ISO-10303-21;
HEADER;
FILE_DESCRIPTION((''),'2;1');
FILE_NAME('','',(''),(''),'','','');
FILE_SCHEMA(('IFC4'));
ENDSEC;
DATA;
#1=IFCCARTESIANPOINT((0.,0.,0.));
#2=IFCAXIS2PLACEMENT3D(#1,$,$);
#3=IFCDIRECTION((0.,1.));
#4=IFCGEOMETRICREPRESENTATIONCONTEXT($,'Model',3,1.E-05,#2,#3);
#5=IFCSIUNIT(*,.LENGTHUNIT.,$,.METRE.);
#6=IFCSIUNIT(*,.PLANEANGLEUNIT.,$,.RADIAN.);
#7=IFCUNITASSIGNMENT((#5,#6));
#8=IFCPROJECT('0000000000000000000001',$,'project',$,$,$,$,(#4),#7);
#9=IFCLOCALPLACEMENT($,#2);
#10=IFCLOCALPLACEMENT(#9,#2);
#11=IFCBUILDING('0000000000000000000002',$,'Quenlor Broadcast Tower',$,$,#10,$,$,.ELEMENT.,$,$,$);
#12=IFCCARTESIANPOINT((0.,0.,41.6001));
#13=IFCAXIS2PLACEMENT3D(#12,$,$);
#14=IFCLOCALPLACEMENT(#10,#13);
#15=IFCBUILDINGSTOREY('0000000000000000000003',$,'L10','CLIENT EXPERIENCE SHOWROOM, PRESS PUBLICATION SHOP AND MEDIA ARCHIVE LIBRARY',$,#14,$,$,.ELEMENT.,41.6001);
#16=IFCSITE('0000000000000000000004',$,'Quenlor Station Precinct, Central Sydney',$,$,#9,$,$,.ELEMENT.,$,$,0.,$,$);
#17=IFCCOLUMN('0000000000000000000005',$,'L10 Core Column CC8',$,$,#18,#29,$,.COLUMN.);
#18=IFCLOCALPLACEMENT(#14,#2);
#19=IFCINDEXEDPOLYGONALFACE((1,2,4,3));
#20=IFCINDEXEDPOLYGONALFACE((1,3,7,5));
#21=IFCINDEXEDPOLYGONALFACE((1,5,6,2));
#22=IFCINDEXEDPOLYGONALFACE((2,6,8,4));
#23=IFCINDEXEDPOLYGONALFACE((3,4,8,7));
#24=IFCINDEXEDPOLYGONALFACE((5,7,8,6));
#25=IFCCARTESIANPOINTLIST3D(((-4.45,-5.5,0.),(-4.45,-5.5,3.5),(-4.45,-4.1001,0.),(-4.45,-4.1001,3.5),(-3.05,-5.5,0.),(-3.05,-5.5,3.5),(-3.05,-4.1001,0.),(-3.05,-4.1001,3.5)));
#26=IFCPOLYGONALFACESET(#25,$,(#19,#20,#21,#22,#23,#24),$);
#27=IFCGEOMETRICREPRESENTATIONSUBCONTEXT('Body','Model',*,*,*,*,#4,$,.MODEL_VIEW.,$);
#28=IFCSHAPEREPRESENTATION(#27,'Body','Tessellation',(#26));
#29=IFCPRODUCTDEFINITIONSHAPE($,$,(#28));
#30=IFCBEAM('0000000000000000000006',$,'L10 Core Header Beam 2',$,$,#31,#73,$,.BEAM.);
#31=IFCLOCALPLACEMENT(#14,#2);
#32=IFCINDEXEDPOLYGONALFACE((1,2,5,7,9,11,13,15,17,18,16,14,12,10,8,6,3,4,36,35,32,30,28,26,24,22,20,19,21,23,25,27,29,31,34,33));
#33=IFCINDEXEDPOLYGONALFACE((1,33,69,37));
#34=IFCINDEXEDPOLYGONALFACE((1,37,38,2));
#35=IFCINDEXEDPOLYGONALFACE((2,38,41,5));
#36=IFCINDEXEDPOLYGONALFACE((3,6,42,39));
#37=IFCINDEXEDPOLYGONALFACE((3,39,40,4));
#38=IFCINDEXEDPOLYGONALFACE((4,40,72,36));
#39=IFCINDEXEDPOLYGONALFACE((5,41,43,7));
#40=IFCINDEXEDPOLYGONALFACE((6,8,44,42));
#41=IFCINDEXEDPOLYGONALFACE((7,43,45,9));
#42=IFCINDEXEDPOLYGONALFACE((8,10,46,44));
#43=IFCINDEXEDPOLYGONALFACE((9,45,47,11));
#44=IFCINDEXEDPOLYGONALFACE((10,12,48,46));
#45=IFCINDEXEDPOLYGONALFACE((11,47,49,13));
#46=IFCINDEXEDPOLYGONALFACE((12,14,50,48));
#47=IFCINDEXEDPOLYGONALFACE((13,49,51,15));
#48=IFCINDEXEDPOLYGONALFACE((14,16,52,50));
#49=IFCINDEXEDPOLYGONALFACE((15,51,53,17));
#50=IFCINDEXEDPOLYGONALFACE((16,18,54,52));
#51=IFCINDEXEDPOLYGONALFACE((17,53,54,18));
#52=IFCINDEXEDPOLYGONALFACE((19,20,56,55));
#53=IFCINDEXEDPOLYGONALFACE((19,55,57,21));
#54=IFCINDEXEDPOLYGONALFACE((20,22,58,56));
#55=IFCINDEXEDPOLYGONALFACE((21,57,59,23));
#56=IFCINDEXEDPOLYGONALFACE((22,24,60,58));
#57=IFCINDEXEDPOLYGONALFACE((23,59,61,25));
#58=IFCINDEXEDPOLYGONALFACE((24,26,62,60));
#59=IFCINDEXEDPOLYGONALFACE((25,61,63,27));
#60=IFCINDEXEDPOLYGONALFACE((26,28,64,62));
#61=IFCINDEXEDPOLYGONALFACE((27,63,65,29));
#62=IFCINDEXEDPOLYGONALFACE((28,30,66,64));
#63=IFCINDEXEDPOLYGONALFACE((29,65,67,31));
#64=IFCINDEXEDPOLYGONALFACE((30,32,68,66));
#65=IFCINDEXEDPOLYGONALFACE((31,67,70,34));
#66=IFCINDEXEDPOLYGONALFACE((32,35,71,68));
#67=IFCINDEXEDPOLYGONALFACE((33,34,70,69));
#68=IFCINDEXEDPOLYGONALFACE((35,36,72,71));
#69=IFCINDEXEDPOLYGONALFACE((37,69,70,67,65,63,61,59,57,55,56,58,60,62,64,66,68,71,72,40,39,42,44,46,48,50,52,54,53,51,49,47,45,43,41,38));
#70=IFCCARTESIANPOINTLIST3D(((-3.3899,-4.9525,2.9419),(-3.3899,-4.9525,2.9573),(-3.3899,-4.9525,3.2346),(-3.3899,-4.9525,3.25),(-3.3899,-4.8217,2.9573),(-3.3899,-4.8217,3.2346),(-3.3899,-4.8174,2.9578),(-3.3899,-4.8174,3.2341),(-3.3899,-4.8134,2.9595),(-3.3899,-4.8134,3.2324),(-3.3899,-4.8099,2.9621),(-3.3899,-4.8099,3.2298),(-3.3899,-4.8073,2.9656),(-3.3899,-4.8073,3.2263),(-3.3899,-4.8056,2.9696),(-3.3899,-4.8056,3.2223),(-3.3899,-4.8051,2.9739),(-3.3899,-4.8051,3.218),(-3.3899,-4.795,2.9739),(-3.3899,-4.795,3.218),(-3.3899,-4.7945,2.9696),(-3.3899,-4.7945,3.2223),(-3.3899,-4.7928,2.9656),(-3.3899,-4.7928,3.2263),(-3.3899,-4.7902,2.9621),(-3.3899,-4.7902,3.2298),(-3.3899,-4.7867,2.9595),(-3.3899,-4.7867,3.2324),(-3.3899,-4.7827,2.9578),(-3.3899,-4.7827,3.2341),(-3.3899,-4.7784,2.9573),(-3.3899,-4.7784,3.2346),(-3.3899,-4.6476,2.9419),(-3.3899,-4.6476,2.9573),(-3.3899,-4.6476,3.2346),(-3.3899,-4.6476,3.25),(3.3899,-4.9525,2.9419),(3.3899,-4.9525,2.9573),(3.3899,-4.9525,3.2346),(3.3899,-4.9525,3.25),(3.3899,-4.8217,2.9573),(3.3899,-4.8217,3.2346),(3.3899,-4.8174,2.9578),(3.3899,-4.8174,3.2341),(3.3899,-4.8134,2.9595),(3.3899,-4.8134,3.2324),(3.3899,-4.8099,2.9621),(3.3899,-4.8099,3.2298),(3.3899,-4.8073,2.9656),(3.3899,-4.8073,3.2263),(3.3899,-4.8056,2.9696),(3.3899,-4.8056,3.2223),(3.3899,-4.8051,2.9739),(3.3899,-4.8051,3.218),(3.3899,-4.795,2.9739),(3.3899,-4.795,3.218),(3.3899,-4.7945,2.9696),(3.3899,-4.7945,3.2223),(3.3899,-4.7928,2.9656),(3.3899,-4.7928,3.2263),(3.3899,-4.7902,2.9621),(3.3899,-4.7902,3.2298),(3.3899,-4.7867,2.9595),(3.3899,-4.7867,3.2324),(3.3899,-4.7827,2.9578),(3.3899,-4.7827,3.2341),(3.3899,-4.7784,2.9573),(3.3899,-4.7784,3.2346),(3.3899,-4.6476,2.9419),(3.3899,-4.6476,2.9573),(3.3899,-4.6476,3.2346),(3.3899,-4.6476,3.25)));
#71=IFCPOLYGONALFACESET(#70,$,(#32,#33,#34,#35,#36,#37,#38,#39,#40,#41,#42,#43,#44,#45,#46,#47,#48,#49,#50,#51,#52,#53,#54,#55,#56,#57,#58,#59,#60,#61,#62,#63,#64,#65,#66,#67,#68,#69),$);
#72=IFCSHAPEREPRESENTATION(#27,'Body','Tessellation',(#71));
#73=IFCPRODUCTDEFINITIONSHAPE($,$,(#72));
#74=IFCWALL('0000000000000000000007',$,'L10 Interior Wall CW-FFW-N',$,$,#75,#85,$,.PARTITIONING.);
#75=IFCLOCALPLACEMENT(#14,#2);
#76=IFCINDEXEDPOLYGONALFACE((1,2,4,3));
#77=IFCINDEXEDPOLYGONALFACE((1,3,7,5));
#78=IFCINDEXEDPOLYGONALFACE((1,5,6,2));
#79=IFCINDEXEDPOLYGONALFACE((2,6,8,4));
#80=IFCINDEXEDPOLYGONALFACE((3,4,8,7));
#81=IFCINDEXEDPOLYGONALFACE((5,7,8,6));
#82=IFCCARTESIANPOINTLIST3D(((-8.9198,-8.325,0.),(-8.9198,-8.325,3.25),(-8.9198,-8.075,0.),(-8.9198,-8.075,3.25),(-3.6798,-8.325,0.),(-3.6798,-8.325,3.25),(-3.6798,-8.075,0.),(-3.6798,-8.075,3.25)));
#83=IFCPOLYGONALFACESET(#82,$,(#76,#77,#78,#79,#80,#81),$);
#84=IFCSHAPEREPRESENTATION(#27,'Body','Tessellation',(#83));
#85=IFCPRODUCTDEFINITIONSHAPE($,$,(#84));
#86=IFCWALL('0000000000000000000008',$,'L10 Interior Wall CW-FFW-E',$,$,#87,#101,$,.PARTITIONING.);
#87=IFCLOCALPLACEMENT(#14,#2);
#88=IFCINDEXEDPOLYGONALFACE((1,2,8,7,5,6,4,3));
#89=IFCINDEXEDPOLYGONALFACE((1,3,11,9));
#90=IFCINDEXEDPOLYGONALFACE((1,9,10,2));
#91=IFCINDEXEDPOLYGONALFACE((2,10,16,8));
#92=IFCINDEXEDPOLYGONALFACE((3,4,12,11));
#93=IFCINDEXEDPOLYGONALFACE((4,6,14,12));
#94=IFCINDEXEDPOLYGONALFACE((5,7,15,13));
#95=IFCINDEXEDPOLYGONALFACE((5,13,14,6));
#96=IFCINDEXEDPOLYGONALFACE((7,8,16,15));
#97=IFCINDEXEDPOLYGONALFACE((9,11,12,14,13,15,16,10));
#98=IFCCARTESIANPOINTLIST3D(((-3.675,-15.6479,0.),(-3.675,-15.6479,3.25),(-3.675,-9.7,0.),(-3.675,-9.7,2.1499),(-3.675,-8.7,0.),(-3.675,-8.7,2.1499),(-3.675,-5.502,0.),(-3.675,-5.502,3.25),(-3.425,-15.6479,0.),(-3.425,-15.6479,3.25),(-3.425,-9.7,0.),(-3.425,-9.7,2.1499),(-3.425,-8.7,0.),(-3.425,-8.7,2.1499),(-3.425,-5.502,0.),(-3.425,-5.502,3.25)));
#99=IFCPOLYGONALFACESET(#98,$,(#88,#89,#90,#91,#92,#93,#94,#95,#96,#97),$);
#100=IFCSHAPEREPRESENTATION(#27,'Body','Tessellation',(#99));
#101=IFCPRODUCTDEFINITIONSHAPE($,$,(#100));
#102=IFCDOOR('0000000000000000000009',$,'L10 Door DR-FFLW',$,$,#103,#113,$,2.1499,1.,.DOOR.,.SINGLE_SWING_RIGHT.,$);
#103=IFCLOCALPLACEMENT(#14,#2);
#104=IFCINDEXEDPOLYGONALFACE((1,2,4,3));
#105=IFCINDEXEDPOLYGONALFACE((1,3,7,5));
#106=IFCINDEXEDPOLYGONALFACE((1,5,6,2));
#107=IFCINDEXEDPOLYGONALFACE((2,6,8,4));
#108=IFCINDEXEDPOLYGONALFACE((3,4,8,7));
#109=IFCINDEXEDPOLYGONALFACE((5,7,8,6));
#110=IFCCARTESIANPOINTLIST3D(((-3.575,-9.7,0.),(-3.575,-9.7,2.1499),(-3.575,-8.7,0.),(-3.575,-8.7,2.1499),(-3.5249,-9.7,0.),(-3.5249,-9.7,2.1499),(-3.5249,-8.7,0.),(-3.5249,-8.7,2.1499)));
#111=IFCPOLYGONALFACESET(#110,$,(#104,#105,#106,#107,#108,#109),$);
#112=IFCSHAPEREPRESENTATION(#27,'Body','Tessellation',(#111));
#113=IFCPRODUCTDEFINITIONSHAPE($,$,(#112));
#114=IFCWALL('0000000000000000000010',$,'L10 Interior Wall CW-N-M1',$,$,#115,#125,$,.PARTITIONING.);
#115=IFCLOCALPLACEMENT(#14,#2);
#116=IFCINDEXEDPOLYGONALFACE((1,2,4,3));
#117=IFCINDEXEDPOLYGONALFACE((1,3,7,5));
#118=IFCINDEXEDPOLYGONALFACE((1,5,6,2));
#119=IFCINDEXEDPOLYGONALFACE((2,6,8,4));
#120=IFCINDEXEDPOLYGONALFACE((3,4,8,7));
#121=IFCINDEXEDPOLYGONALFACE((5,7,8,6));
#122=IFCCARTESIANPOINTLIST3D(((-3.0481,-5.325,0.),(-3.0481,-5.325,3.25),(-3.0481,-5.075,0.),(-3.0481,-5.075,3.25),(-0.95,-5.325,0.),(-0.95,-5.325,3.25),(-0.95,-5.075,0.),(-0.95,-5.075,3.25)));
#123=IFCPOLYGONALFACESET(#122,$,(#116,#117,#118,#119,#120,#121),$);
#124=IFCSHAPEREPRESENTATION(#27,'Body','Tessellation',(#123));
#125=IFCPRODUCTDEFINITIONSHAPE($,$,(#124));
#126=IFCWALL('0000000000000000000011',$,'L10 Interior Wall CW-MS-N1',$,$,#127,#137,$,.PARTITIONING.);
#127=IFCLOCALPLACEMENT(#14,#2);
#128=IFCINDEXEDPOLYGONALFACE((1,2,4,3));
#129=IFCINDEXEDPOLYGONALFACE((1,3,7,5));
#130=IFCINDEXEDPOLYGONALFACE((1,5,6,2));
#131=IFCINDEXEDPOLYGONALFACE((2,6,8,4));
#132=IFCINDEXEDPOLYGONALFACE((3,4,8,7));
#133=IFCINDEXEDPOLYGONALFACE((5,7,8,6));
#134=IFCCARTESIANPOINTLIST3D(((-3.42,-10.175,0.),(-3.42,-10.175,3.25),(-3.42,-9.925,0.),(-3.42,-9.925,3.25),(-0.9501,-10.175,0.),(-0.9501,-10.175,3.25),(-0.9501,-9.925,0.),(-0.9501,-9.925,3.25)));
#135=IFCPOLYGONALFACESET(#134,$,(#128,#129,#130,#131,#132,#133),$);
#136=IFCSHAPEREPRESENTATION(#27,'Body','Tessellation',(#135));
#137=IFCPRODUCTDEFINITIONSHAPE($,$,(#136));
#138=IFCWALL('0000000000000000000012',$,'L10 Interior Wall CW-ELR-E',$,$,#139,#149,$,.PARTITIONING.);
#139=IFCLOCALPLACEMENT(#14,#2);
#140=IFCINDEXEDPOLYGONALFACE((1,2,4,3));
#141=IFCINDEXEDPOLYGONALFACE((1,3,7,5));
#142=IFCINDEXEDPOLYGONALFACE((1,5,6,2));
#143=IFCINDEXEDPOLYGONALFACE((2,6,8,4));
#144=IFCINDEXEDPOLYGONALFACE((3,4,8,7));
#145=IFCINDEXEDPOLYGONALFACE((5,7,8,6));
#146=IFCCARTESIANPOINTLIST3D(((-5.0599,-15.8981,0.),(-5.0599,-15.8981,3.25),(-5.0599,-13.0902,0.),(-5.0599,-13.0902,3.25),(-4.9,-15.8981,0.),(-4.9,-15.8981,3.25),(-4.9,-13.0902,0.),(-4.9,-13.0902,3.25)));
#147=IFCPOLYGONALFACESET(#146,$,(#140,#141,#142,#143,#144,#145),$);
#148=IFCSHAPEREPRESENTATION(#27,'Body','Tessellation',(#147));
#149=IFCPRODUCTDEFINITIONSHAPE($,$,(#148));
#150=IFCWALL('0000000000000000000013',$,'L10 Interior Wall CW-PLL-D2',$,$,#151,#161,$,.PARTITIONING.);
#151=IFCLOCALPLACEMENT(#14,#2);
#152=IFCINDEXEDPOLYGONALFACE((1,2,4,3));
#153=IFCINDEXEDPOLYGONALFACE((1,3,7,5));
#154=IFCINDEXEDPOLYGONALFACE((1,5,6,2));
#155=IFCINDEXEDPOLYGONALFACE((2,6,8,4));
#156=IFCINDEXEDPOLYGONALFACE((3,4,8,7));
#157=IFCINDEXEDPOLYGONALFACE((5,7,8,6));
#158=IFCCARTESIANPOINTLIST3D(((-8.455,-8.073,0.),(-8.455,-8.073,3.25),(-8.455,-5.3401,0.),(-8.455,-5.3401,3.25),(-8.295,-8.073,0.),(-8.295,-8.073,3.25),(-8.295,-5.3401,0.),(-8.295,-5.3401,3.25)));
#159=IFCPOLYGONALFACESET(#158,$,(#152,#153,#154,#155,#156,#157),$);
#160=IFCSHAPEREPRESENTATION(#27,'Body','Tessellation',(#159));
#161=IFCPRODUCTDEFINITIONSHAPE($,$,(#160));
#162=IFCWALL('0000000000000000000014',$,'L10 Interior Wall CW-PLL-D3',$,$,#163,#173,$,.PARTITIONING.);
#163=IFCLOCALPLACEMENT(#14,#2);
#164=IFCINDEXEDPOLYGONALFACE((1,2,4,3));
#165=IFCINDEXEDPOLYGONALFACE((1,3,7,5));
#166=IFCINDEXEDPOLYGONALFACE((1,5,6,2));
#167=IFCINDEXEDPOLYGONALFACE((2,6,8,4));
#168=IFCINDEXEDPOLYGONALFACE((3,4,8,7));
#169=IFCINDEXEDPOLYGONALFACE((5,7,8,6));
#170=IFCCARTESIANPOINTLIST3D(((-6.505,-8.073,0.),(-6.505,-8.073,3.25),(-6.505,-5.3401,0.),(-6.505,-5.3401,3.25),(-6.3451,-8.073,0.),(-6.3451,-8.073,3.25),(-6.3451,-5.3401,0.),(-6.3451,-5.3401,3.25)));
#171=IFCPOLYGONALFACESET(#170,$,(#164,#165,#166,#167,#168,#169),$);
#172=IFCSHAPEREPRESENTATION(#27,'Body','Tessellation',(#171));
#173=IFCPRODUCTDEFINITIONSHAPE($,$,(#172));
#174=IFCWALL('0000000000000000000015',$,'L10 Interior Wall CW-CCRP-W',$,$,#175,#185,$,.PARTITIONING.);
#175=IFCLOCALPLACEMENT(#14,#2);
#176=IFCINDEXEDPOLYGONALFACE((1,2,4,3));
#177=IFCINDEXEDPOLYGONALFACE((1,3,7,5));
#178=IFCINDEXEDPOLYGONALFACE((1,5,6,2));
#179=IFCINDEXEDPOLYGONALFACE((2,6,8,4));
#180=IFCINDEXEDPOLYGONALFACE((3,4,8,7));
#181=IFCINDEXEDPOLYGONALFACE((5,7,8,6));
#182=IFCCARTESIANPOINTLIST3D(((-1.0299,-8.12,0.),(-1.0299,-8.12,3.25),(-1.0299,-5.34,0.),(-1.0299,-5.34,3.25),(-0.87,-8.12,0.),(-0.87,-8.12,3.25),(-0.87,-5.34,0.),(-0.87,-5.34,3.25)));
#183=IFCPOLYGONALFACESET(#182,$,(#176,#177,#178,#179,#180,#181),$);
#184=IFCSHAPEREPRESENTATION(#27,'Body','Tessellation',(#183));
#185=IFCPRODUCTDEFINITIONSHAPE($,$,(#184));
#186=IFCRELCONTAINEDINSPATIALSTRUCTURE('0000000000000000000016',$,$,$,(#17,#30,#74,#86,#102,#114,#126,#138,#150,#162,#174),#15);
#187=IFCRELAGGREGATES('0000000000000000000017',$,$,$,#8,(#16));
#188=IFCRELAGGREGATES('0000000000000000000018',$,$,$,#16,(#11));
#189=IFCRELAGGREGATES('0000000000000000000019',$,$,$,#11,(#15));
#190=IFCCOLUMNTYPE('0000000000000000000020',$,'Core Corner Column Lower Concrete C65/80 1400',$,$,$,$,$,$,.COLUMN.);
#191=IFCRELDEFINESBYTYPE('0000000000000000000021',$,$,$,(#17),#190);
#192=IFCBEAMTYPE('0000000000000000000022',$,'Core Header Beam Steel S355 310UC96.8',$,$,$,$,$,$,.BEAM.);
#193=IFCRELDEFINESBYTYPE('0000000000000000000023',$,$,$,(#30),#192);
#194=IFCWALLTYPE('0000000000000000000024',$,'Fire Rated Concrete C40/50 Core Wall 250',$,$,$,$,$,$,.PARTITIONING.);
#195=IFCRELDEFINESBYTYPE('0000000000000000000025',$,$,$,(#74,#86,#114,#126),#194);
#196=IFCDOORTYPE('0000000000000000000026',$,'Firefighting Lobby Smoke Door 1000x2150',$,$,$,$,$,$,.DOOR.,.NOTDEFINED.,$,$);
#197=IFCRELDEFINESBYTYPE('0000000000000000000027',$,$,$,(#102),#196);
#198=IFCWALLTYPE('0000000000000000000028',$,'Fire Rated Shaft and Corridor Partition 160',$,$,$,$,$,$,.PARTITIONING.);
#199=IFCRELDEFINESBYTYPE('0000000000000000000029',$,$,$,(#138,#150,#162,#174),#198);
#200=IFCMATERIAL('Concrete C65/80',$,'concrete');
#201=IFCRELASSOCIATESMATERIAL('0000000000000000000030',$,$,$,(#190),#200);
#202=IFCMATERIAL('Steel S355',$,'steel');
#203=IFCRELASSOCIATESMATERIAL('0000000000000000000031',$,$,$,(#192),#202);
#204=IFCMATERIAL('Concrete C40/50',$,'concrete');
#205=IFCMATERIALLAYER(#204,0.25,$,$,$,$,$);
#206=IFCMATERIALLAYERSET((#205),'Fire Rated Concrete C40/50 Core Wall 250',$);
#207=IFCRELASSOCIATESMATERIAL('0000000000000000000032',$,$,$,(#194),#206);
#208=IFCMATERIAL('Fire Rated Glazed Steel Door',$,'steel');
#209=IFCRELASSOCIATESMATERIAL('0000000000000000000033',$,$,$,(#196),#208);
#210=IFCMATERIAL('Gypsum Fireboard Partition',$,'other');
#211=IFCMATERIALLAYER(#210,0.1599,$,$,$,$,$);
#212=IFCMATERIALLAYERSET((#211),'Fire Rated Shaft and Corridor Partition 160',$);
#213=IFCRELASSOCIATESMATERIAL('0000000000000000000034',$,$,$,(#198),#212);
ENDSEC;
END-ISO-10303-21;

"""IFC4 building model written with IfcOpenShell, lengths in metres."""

from ifc_helpers import new_model, si_unit, direction, frame, frame_2d, origin, origin_2d, place, context, subcontext, project, spatial, rectangle, i_section, extrude, material, layer, layer_set, material_profile, profile_set, type_object, element, fill, save


model = new_model("IFC4")

# Units and contexts
model_context = context("Model", 3, precision=1e-05, world=origin(), true_north=direction((0.0, 1.0)))
body_context = subcontext(model_context, "Body", "Model", "MODEL_VIEW")
ifc_project = project(units=[si_unit("LENGTHUNIT", "METRE"), si_unit("PLANEANGLEUNIT", "RADIAN")], contexts=[model_context])

# Site, building, storey
site_placement = place(None, origin())
site = spatial("IfcSite", under=ifc_project, at=site_placement, Name="Quenlor Station Precinct, Central Sydney", CompositionType="ELEMENT", RefElevation=0.0)
building_placement = place(site_placement, origin())
building = spatial("IfcBuilding", under=site, at=building_placement, Name="Quenlor Broadcast Tower", CompositionType="ELEMENT")
storey_placement = place(building_placement, frame((0.0, 0.0, 41.6001)))
storey = spatial("IfcBuildingStorey", under=building, at=storey_placement, Name="L10", Description="CLIENT EXPERIENCE SHOWROOM, PRESS PUBLICATION SHOP AND MEDIA ARCHIVE LIBRARY", CompositionType="ELEMENT", Elevation=41.6001)

# Column
ifc_material_1 = material(Name="Concrete C65/80", Category="concrete")
ifc_material_profile_1 = material_profile(ifc_material_1, rectangle(XDim=1.3999, YDim=1.3999, at=origin_2d()))
ifc_profile_set_1 = profile_set([ifc_material_profile_1], Name="Concrete C65/80 RC1400x1400")
column_type = type_object("IfcColumnType", Name="Core Corner Column Lower Concrete C65/80 1400", PredefinedType="COLUMN", material=ifc_profile_set_1)
column_placement = place(storey_placement, frame((-3.75, -4.8, 0.0), z_axis=(0.0, 0.0, 1.0), x_axis=(1.0, 0.0, 0.0)))
element("IfcColumn", 1, at=column_placement, inside=storey, type_object=column_type, Name="L10 Core Column CC8", PredefinedType="COLUMN", context=body_context, shape_type="SweptSolid", body=[
    extrude(rectangle(XDim=1.3999, YDim=1.3999, at=origin_2d()), origin(), (0.0, 0.0, 1.0), 3.5),
])

# Beam
ifc_material_2 = material(Name="Steel S355", Category="steel")
ifc_material_profile_2 = material_profile(ifc_material_2, i_section(OverallWidth=0.3049, OverallDepth=0.3081, WebThickness=0.01, FlangeThickness=0.0154, FilletRadius=0.0166, at=origin_2d()))
ifc_profile_set_2 = profile_set([ifc_material_profile_2], Name="Steel S355 310UC96.8")
beam_type = type_object("IfcBeamType", Name="Core Header Beam Steel S355 310UC96.8", PredefinedType="BEAM", material=ifc_profile_set_2)
beam_placement = place(storey_placement, frame((-3.3899, -4.8, 3.0959), z_axis=(1.0, 0.0, 0.0), x_axis=(0.0, 1.0, 0.0)))
element("IfcBeam", 2, at=beam_placement, inside=storey, type_object=beam_type, Name="L10 Core Header Beam 2", PredefinedType="BEAM", context=body_context, shape_type="SweptSolid", body=[
    extrude(i_section(OverallWidth=0.3049, OverallDepth=0.3081, WebThickness=0.01, FlangeThickness=0.0154, FilletRadius=0.0166, at=origin_2d()), origin(), (0.0, 0.0, 1.0), 6.7798),
])

# Shared definitions
ifc_material_3 = material(Name="Concrete C40/50", Category="concrete")
ifc_layer_1 = layer(ifc_material_3, 0.25)
ifc_layer_set_1 = layer_set([ifc_layer_1], Name="Fire Rated Concrete C40/50 Core Wall 250")
wall_type_1 = type_object("IfcWallType", Name="Fire Rated Concrete C40/50 Core Wall 250", PredefinedType="PARTITIONING", material=ifc_layer_set_1)

# Wall
wall_1_placement = place(storey_placement, frame((-8.9199, -8.2, 0.0), z_axis=(0.0, 0.0, 1.0), x_axis=(1.0, 0.0, 0.0)))
element("IfcWall", 3, at=wall_1_placement, inside=storey, type_object=wall_type_1, Name="L10 Interior Wall CW-FFW-N", PredefinedType="PARTITIONING", context=body_context, shape_type="SweptSolid", body=[
    extrude(rectangle(XDim=5.24, YDim=0.25, at=frame_2d((2.6201, 0.0))), origin(), (0.0, 0.0, 1.0), 3.25),
])

# Wall, opening, door
wall_2_placement = place(storey_placement, frame((-3.55, -15.6479, 0.0), z_axis=(0.0, 0.0, 1.0), x_axis=(0.0, 1.0, 0.0)))
wall_2 = element("IfcWall", 4, at=wall_2_placement, inside=storey, type_object=wall_type_1, Name="L10 Interior Wall CW-FFW-E", PredefinedType="PARTITIONING", context=body_context, shape_type="SweptSolid", body=[
    extrude(rectangle(XDim=10.146, YDim=0.25, at=frame_2d((5.073, 0.0))), origin(), (0.0, 0.0, 1.0), 3.25),
])
opening_1_placement = place(wall_2_placement, frame((5.948, 0.0, 0.0)))
opening_1 = element("IfcOpeningElement", 5, at=opening_1_placement, cuts=wall_2, PredefinedType="OPENING", context=body_context, shape_type="SweptSolid", body=[
    extrude(rectangle(XDim=1.0, YDim=2.1499, at=frame_2d((0.5, 1.075))), frame((0.0, 0.135, 0.0), z_axis=(0.0, -1.0, 0.0), x_axis=(1.0, 0.0, 0.0)), (0.0, 0.0, 1.0), 0.27),
])
ifc_material_4 = material(Name="Fire Rated Glazed Steel Door", Category="steel")
door_type_1 = type_object("IfcDoorType", Name="Firefighting Lobby Smoke Door 1000x2150", OperationType="NOTDEFINED", PredefinedType="DOOR", material=ifc_material_4)
door_1_placement = place(opening_1_placement, origin())
door_1 = element("IfcDoor", 6, at=door_1_placement, inside=storey, type_object=door_type_1, Name="L10 Door DR-FFLW", OperationType="SINGLE_SWING_RIGHT", OverallHeight=2.1499, OverallWidth=1.0, PredefinedType="DOOR", context=body_context, shape_type="SweptSolid", body=[
    extrude(rectangle(XDim=1.0, YDim=2.1499, at=frame_2d((0.5, 1.075))), frame((0.0, 0.0249, 0.0), z_axis=(0.0, -1.0, 0.0), x_axis=(1.0, 0.0, 0.0)), (0.0, 0.0, 1.0), 0.05),
])
fill(opening_1, door_1)

# Walls
wall_3_placement = place(storey_placement, frame((-3.0481, -5.2, 0.0), z_axis=(0.0, 0.0, 1.0), x_axis=(1.0, 0.0, 0.0)))
element("IfcWall", 7, at=wall_3_placement, inside=storey, type_object=wall_type_1, Name="L10 Interior Wall CW-N-M1", PredefinedType="PARTITIONING", context=body_context, shape_type="SweptSolid", body=[
    extrude(rectangle(XDim=2.0981, YDim=0.25, at=frame_2d((1.0491, 0.0))), origin(), (0.0, 0.0, 1.0), 3.25),
])
wall_4_placement = place(storey_placement, frame((-3.4199, -10.05, 0.0), z_axis=(0.0, 0.0, 1.0), x_axis=(1.0, 0.0, 0.0)))
element("IfcWall", 8, at=wall_4_placement, inside=storey, type_object=wall_type_1, Name="L10 Interior Wall CW-MS-N1", PredefinedType="PARTITIONING", context=body_context, shape_type="SweptSolid", body=[
    extrude(rectangle(XDim=2.47, YDim=0.25, at=frame_2d((1.2349, 0.0))), origin(), (0.0, 0.0, 1.0), 3.25),
])
ifc_material_5 = material(Name="Gypsum Fireboard Partition", Category="other")
ifc_layer_2 = layer(ifc_material_5, 0.1599)
ifc_layer_set_2 = layer_set([ifc_layer_2], Name="Fire Rated Shaft and Corridor Partition 160")
wall_type_2 = type_object("IfcWallType", Name="Fire Rated Shaft and Corridor Partition 160", PredefinedType="PARTITIONING", material=ifc_layer_set_2)
wall_5_placement = place(storey_placement, frame((-4.98, -15.8979, 0.0), z_axis=(0.0, 0.0, 1.0), x_axis=(0.0, 1.0, 0.0)))
element("IfcWall", 9, at=wall_5_placement, inside=storey, type_object=wall_type_2, Name="L10 Interior Wall CW-ELR-E", PredefinedType="PARTITIONING", context=body_context, shape_type="SweptSolid", body=[
    extrude(rectangle(XDim=2.8079, YDim=0.1599, at=frame_2d((1.4038, 0.0))), origin(), (0.0, 0.0, 1.0), 3.25),
])
for number, where, z_axis, x_axis, name in (
    (10, (-8.375, -8.073, 0.0), (0.0, 0.0, 1.0), (0.0, 1.0, 0.0), "L10 Interior Wall CW-PLL-D2"),
    (11, (-6.425, -8.073, 0.0), (0.0, 0.0, 1.0), (0.0, 1.0, 0.0), "L10 Interior Wall CW-PLL-D3"),
):
    element("IfcWall", number, at=place(storey_placement, frame(where, z_axis=z_axis, x_axis=x_axis)), inside=storey, type_object=wall_type_2, Name=name, PredefinedType="PARTITIONING", context=body_context, shape_type="SweptSolid", body=[
        extrude(rectangle(XDim=2.7329, YDim=0.1599, at=frame_2d((1.3665, 0.0))), origin(), (0.0, 0.0, 1.0), 3.25),
    ])
wall_6_placement = place(storey_placement, frame((-0.95, -8.1201, 0.0), z_axis=(0.0, 0.0, 1.0), x_axis=(0.0, 1.0, 0.0)))
element("IfcWall", 12, at=wall_6_placement, inside=storey, type_object=wall_type_2, Name="L10 Interior Wall CW-CCRP-W", PredefinedType="PARTITIONING", context=body_context, shape_type="SweptSolid", body=[
    extrude(rectangle(XDim=2.78, YDim=0.1599, at=frame_2d((1.3901, 0.0))), origin(), (0.0, 0.0, 1.0), 3.25),
])

save(model, "model.ifc")
